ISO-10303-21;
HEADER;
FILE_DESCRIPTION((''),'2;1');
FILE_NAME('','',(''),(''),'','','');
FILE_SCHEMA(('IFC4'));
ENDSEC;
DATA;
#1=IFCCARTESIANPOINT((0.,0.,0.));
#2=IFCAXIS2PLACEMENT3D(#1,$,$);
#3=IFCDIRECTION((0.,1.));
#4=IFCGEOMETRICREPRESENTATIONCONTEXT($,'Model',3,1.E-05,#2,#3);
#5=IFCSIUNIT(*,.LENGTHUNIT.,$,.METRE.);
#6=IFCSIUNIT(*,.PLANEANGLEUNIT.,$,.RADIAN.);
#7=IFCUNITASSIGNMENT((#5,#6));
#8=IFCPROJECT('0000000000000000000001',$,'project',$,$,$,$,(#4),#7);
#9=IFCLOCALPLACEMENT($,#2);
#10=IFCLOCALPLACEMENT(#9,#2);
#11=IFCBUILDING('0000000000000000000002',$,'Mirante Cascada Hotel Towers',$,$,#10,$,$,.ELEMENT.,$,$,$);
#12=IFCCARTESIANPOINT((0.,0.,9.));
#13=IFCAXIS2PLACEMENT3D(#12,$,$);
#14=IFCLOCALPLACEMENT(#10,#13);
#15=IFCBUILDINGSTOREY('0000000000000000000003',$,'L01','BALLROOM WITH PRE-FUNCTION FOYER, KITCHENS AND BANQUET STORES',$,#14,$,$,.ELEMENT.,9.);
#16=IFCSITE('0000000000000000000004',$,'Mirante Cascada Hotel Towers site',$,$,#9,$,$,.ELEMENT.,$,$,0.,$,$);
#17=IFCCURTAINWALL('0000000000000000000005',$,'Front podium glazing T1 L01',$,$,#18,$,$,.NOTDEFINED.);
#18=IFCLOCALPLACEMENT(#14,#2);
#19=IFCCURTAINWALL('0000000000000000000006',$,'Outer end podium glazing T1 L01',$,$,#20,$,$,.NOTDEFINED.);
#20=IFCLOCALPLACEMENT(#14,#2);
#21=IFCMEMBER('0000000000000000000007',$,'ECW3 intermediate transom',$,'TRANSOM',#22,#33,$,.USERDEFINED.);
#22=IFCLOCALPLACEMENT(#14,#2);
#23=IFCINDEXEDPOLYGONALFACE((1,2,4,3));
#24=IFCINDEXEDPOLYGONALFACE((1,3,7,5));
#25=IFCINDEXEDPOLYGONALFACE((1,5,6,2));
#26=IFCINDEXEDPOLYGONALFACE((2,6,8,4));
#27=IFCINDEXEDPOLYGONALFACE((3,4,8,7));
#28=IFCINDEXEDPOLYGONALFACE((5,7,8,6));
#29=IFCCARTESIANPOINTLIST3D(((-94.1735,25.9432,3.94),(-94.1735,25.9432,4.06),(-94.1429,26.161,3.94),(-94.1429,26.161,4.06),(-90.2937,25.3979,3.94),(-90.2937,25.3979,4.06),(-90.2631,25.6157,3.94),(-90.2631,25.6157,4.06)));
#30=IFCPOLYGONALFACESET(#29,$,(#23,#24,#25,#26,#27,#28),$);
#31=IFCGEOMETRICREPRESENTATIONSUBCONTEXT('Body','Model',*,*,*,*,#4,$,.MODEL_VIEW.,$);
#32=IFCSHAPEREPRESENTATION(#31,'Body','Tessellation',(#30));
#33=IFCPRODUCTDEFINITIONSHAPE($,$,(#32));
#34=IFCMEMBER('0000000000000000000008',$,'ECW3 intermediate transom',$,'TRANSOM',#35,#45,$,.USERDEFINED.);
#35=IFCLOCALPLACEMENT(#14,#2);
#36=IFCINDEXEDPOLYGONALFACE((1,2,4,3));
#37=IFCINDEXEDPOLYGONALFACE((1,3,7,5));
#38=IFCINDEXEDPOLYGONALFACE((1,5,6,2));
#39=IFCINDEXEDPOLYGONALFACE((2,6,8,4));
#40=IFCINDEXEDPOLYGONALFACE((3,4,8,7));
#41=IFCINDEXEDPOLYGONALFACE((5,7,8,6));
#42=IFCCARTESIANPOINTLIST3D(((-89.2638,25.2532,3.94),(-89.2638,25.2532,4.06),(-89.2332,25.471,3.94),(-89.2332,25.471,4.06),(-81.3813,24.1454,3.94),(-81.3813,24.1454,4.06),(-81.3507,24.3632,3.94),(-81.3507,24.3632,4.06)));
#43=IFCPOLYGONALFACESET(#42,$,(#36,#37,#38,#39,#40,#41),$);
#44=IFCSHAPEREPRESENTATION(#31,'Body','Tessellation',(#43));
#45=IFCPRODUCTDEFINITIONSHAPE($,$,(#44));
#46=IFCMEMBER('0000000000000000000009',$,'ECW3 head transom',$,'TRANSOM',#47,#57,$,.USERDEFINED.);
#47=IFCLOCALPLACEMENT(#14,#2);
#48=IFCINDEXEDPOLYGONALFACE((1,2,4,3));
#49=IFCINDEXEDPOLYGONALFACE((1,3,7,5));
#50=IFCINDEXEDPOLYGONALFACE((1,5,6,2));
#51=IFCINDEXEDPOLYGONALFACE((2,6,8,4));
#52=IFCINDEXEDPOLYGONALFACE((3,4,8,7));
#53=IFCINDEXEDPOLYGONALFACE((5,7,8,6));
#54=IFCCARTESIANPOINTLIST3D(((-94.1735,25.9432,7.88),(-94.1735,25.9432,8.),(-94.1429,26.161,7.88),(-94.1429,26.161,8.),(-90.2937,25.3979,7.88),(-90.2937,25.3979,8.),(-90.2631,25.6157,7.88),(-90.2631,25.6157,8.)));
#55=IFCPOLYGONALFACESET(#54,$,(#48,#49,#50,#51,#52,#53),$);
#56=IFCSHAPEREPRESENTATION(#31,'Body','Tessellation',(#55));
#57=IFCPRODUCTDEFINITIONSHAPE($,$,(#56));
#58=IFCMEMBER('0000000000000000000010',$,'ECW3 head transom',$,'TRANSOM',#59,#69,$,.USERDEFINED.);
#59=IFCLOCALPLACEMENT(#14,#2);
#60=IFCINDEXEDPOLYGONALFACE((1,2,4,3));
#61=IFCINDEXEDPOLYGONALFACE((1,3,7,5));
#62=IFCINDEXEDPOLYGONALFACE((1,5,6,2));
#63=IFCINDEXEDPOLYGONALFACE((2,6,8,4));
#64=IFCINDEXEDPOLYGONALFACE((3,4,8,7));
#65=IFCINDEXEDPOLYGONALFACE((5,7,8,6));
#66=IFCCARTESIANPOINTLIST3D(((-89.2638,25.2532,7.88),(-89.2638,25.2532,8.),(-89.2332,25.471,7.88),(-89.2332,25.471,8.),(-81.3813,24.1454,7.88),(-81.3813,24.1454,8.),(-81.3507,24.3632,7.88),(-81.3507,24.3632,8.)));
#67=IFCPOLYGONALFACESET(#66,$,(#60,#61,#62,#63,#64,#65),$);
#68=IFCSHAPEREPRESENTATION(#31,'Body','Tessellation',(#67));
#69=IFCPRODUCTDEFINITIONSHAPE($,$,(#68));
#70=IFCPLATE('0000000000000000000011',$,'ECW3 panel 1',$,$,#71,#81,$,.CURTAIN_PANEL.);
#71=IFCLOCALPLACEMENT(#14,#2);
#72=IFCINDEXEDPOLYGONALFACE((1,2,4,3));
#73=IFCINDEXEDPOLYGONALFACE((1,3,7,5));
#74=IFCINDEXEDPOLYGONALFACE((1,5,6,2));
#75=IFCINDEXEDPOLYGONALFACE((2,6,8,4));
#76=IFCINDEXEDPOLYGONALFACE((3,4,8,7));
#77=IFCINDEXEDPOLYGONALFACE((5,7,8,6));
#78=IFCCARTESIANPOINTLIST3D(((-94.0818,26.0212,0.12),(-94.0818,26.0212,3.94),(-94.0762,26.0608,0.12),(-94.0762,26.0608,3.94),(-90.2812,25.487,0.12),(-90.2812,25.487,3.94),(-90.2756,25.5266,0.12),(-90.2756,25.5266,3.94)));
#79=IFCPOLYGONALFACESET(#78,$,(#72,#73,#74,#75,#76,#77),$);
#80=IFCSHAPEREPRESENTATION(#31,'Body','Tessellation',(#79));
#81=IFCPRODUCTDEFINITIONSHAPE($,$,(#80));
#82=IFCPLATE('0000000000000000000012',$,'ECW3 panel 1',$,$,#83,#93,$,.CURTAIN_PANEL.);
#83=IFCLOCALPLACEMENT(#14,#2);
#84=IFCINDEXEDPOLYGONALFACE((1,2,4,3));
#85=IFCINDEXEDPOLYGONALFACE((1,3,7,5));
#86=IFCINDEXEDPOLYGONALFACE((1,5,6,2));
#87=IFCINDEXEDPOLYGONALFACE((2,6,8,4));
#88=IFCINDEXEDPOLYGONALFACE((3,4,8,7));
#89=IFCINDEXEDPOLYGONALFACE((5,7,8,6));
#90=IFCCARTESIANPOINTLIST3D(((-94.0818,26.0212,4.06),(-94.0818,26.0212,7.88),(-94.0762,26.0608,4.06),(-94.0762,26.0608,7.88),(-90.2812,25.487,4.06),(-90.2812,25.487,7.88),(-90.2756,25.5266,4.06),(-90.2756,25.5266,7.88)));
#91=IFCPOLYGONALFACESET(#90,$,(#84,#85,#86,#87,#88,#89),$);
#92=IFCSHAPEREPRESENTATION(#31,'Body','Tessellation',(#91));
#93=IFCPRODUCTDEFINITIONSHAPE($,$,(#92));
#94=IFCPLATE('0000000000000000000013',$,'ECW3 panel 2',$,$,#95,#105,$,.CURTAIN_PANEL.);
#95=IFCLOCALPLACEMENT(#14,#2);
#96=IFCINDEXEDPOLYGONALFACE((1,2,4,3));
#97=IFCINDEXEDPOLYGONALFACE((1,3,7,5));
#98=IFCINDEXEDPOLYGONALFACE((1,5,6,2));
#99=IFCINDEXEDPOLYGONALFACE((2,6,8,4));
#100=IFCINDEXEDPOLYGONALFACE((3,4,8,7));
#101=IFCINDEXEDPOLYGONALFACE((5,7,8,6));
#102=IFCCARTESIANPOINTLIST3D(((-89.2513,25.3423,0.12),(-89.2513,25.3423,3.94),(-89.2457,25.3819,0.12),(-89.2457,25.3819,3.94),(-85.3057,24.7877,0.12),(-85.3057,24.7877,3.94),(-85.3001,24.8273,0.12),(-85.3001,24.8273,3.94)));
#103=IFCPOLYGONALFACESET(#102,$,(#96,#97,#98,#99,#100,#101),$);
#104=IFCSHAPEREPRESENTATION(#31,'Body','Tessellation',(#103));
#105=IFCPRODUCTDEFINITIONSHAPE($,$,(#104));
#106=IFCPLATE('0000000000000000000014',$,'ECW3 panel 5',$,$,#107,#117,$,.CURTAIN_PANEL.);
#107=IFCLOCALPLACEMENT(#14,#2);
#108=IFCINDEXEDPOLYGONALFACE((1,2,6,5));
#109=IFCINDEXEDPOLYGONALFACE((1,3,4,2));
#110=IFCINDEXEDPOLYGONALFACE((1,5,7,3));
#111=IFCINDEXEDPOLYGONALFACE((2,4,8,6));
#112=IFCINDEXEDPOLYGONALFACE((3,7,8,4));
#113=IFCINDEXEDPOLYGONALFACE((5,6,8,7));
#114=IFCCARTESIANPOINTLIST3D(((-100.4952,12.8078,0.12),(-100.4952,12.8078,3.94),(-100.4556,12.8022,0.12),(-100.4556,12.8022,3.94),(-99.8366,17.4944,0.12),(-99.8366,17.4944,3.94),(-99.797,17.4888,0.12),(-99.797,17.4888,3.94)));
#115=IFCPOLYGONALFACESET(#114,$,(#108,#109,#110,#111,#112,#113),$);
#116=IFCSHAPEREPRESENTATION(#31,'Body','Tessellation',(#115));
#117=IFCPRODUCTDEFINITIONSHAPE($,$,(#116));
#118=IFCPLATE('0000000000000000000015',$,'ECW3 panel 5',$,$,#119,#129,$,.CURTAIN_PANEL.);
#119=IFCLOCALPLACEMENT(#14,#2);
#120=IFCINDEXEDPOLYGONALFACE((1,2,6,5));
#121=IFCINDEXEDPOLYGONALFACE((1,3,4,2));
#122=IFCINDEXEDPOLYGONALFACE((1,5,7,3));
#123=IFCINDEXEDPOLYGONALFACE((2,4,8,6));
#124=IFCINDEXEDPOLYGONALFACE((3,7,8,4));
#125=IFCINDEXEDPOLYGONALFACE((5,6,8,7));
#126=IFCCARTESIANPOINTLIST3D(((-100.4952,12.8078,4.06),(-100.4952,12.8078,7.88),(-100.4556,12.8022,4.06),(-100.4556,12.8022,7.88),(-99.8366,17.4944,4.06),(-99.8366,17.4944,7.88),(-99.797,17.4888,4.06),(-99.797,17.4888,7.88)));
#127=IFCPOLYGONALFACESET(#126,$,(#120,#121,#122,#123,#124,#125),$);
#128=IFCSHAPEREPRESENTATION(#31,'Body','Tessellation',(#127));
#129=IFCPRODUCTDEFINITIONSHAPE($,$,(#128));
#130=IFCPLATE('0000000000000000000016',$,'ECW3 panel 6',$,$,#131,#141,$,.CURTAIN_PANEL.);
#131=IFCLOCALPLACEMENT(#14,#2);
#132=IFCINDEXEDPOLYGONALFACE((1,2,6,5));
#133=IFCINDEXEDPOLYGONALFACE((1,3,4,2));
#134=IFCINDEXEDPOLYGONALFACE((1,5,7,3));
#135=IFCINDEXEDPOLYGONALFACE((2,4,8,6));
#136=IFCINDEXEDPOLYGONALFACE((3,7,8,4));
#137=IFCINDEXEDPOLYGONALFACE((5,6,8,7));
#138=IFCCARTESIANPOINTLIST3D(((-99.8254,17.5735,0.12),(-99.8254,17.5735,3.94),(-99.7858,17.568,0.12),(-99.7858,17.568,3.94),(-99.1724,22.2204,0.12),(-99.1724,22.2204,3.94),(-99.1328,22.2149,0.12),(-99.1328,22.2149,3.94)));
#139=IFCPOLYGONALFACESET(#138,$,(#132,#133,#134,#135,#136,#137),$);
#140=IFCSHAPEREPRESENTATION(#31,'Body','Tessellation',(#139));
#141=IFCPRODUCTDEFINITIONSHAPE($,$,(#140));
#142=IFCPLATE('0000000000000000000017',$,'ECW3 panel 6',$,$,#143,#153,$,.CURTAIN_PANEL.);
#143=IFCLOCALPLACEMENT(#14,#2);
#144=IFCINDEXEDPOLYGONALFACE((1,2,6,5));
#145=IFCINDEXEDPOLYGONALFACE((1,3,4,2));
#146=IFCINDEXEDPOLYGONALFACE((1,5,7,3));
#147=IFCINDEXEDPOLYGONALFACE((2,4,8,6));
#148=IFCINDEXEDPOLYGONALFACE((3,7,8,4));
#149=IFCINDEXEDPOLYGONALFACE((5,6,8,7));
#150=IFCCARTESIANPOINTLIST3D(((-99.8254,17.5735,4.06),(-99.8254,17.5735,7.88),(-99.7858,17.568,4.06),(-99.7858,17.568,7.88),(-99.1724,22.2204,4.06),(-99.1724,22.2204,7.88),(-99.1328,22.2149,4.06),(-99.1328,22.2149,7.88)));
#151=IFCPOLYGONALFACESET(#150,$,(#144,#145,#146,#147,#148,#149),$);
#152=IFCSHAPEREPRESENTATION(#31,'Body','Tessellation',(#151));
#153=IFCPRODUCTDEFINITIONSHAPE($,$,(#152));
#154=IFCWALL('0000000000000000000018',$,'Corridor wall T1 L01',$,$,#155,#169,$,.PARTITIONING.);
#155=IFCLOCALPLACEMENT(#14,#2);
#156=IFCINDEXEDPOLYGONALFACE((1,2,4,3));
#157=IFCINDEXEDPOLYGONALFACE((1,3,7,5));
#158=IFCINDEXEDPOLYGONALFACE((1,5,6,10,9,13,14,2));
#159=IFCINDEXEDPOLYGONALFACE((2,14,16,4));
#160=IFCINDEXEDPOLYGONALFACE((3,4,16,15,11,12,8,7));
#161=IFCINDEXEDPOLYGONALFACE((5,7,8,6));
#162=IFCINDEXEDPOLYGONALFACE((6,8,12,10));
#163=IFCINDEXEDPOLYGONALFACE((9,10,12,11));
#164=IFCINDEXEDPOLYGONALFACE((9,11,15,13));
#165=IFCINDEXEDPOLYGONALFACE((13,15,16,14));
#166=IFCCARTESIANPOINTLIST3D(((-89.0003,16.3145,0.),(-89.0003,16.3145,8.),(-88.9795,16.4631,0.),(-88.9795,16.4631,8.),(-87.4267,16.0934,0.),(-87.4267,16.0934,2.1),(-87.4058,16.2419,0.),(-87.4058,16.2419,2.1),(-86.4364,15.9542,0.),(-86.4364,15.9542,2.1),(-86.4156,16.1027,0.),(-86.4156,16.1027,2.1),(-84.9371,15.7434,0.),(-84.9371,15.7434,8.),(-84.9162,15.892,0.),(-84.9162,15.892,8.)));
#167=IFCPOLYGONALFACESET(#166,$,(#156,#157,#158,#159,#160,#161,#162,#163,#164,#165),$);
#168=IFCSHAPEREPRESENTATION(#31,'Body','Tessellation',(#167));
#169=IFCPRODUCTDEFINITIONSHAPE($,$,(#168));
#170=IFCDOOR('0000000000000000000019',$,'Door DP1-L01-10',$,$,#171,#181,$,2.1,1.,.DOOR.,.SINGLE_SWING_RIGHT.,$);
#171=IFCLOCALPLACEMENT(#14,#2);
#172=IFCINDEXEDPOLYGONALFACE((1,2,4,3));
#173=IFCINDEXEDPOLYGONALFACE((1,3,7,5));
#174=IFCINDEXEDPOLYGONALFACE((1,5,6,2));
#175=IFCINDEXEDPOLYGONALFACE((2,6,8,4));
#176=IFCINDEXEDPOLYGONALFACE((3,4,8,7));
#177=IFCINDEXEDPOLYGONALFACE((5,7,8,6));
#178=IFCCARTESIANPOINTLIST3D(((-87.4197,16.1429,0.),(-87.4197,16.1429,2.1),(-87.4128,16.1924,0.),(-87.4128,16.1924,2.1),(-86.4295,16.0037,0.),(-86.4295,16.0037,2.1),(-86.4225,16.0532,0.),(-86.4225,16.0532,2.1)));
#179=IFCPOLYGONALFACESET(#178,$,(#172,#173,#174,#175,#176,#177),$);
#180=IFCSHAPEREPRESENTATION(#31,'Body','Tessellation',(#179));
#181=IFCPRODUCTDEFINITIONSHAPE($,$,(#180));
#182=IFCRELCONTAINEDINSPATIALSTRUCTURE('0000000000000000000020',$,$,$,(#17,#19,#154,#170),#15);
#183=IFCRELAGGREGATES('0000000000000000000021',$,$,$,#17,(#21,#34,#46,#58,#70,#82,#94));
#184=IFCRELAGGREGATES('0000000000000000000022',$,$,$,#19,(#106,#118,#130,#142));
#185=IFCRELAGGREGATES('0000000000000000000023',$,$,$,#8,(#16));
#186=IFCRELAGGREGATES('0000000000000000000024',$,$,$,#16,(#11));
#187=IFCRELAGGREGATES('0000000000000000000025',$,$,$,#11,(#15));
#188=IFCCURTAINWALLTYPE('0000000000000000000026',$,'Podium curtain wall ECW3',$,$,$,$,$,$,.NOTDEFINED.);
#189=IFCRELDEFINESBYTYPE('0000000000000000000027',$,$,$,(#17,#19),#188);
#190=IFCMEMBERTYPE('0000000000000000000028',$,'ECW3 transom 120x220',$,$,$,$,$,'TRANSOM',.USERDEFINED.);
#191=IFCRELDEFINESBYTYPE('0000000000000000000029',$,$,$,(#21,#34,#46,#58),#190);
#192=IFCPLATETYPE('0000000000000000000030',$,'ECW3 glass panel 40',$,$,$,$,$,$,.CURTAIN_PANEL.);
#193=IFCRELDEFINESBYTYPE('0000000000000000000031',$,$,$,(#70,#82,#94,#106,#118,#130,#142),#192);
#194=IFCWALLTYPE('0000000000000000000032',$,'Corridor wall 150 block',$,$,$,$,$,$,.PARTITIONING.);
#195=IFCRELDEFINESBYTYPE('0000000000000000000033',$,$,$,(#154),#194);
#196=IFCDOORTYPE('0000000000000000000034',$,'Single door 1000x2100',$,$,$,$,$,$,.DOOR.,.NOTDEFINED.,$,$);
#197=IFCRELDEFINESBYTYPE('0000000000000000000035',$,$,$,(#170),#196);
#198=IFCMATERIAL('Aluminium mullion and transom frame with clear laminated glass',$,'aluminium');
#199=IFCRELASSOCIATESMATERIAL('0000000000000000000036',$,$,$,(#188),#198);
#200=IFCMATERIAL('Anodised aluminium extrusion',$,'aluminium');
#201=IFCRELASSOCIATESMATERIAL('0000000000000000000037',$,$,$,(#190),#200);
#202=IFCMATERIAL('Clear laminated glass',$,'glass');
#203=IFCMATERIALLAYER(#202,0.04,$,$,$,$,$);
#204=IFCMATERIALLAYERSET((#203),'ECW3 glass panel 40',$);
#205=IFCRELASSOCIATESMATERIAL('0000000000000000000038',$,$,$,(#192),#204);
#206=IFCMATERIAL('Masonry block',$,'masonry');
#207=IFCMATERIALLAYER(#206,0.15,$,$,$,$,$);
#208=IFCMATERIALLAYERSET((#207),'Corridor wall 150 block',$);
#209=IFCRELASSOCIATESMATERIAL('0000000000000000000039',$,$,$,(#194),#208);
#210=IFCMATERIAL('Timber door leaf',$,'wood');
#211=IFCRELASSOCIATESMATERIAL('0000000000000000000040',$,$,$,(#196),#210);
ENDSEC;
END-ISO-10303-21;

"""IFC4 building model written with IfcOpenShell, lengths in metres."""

from ifc_helpers import new_model, si_unit, direction, frame, frame_2d, origin, origin_2d, place, context, subcontext, project, spatial, rectangle, extrude, material, layer, layer_set, material_profile, profile_set, type_object, element, fill, aggregate, save


model = new_model("IFC4")

# Units and contexts
model_context = context("Model", 3, precision=1e-05, world=origin(), true_north=direction((0.0, 1.0)))
body_context = subcontext(model_context, "Body", "Model", "MODEL_VIEW")
ifc_project = project(units=[si_unit("LENGTHUNIT", "METRE"), si_unit("PLANEANGLEUNIT", "RADIAN")], contexts=[model_context])

# Site, building, storey
site_placement = place(None, origin())
site = spatial("IfcSite", under=ifc_project, at=site_placement, Name="Mirante Cascada Hotel Towers site", CompositionType="ELEMENT", RefElevation=0.0)
building_placement = place(site_placement, origin())
building = spatial("IfcBuilding", under=site, at=building_placement, Name="Mirante Cascada Hotel Towers", CompositionType="ELEMENT")
storey_placement = place(building_placement, frame((0.0, 0.0, 9.0)))
storey = spatial("IfcBuildingStorey", under=building, at=storey_placement, Name="L01", Description="BALLROOM WITH PRE-FUNCTION FOYER, KITCHENS AND BANQUET STORES", CompositionType="ELEMENT", Elevation=9.0)

# Curtain walls
ifc_material_1 = material(Name="Aluminium mullion and transom frame with clear laminated glass", Category="aluminium")
curtain_wall_type = type_object("IfcCurtainWallType", Name="Podium curtain wall ECW3", PredefinedType="NOTDEFINED", material=ifc_material_1)
curtain_wall_1_placement = place(storey_placement, origin())
curtain_wall_1 = element("IfcCurtainWall", 1, at=curtain_wall_1_placement, inside=storey, type_object=curtain_wall_type, Name="Front podium glazing T1 L01", PredefinedType="NOTDEFINED")
curtain_wall_2_placement = place(storey_placement, origin())
curtain_wall_2 = element("IfcCurtainWall", 2, at=curtain_wall_2_placement, inside=storey, type_object=curtain_wall_type, Name="Outer end podium glazing T1 L01", PredefinedType="NOTDEFINED")

# Members
ifc_material_2 = material(Name="Anodised aluminium extrusion", Category="aluminium")
ifc_material_profile_1 = material_profile(ifc_material_2, rectangle(XDim=0.22, YDim=0.12, at=origin_2d()), Name="ECW3 TRANSOM 120x220")
ifc_profile_set_1 = profile_set([ifc_material_profile_1], Name="Anodised aluminium extrusion")
member_type_1 = type_object("IfcMemberType", Name="ECW3 transom 120x220", ElementType="TRANSOM", PredefinedType="USERDEFINED", material=ifc_profile_set_1)
member_1_placement = place(storey_placement, frame((-94.1582, 26.0521, 4.0), z_axis=(0.990267, -0.139181, 0.0), x_axis=(0.139181, 0.990267, 0.0)))
member_1 = element("IfcMember", 3, at=member_1_placement, type_object=member_type_1, Name="ECW3 intermediate transom", ObjectType="TRANSOM", PredefinedType="USERDEFINED", context=body_context, shape_type="SweptSolid", body=[
    extrude(rectangle(XDim=0.22, YDim=0.12, at=origin_2d()), origin(), (0.0, 0.0, 1.0), 3.9179),
])
member_2_placement = place(storey_placement, frame((-89.2485, 25.3621, 4.0), z_axis=(0.990268, -0.139172, 0.0), x_axis=(0.139172, 0.990268, 0.0)))
member_2 = element("IfcMember", 4, at=member_2_placement, type_object=member_type_1, Name="ECW3 intermediate transom", ObjectType="TRANSOM", PredefinedType="USERDEFINED", context=body_context, shape_type="SweptSolid", body=[
    extrude(rectangle(XDim=0.22, YDim=0.12, at=origin_2d()), origin(), (0.0, 0.0, 1.0), 7.96),
])
member_3_placement = place(storey_placement, frame((-94.1582, 26.0521, 7.94), z_axis=(0.990267, -0.139181, 0.0), x_axis=(0.139181, 0.990267, 0.0)))
member_3 = element("IfcMember", 5, at=member_3_placement, type_object=member_type_1, Name="ECW3 head transom", ObjectType="TRANSOM", PredefinedType="USERDEFINED", context=body_context, shape_type="SweptSolid", body=[
    extrude(rectangle(XDim=0.22, YDim=0.12, at=origin_2d()), origin(), (0.0, 0.0, 1.0), 3.9179),
])
member_4_placement = place(storey_placement, frame((-89.2485, 25.3621, 7.94), z_axis=(0.990268, -0.139172, 0.0), x_axis=(0.139172, 0.990268, 0.0)))
member_4 = element("IfcMember", 6, at=member_4_placement, type_object=member_type_1, Name="ECW3 head transom", ObjectType="TRANSOM", PredefinedType="USERDEFINED", context=body_context, shape_type="SweptSolid", body=[
    extrude(rectangle(XDim=0.22, YDim=0.12, at=origin_2d()), origin(), (0.0, 0.0, 1.0), 7.96),
])

# Plates
ifc_material_3 = material(Name="Clear laminated glass", Category="glass")
ifc_layer_1 = layer(ifc_material_3, 0.04)
ifc_layer_set_1 = layer_set([ifc_layer_1], Name="ECW3 glass panel 40")
plate_type = type_object("IfcPlateType", Name="ECW3 glass panel 40", PredefinedType="CURTAIN_PANEL", material=ifc_layer_set_1)
plate_1_placement = place(storey_placement, frame((-92.1787, 25.7739, 0.12), z_axis=(0.0, 0.0, 1.0), x_axis=(0.990268, -0.139173, 0.0)))
plate_1 = element("IfcPlate", 7, at=plate_1_placement, type_object=plate_type, Name="ECW3 panel 1", PredefinedType="CURTAIN_PANEL", context=body_context, shape_type="SweptSolid", body=[
    extrude(rectangle(XDim=3.8379, YDim=0.04, at=origin_2d()), origin(), (0.0, 0.0, 1.0), 3.82),
])
plate_2_placement = place(storey_placement, frame((-92.1787, 25.7739, 4.06), z_axis=(0.0, 0.0, 1.0), x_axis=(0.990268, -0.139173, 0.0)))
plate_2 = element("IfcPlate", 8, at=plate_2_placement, type_object=plate_type, Name="ECW3 panel 1", PredefinedType="CURTAIN_PANEL", context=body_context, shape_type="SweptSolid", body=[
    extrude(rectangle(XDim=3.8379, YDim=0.04, at=origin_2d()), origin(), (0.0, 0.0, 1.0), 3.82),
])
plate_3_placement = place(storey_placement, frame((-87.2757, 25.0848, 0.12), z_axis=(0.0, 0.0, 1.0), x_axis=(0.990268, -0.139173, 0.0)))
plate_3 = element("IfcPlate", 9, at=plate_3_placement, type_object=plate_type, Name="ECW3 panel 2", PredefinedType="CURTAIN_PANEL", context=body_context, shape_type="SweptSolid", body=[
    extrude(rectangle(XDim=3.9844, YDim=0.04, at=origin_2d()), origin(), (0.0, 0.0, 1.0), 3.82),
])
aggregate(curtain_wall_1, [member_1, member_2, member_3, member_4, plate_1, plate_2, plate_3])
plate_4_placement = place(storey_placement, frame((-100.1461, 15.1483, 0.12), z_axis=(0.0, 0.0, 1.0), x_axis=(0.139173, 0.990268, 0.0)))
plate_4 = element("IfcPlate", 10, at=plate_4_placement, type_object=plate_type, Name="ECW3 panel 5", PredefinedType="CURTAIN_PANEL", context=body_context, shape_type="SweptSolid", body=[
    extrude(rectangle(XDim=4.7326, YDim=0.04, at=origin_2d()), origin(), (0.0, 0.0, 1.0), 3.82),
])
plate_5_placement = place(storey_placement, frame((-100.1461, 15.1483, 4.06), z_axis=(0.0, 0.0, 1.0), x_axis=(0.139173, 0.990268, 0.0)))
plate_5 = element("IfcPlate", 11, at=plate_5_placement, type_object=plate_type, Name="ECW3 panel 5", PredefinedType="CURTAIN_PANEL", context=body_context, shape_type="SweptSolid", body=[
    extrude(rectangle(XDim=4.7326, YDim=0.04, at=origin_2d()), origin(), (0.0, 0.0, 1.0), 3.82),
])
plate_6_placement = place(storey_placement, frame((-99.4791, 19.8942, 0.12), z_axis=(0.0, 0.0, 1.0), x_axis=(0.139173, 0.990268, 0.0)))
plate_6 = element("IfcPlate", 12, at=plate_6_placement, type_object=plate_type, Name="ECW3 panel 6", PredefinedType="CURTAIN_PANEL", context=body_context, shape_type="SweptSolid", body=[
    extrude(rectangle(XDim=4.6926, YDim=0.04, at=origin_2d()), origin(), (0.0, 0.0, 1.0), 3.82),
])
plate_7_placement = place(storey_placement, frame((-99.4791, 19.8942, 4.06), z_axis=(0.0, 0.0, 1.0), x_axis=(0.139173, 0.990268, 0.0)))
plate_7 = element("IfcPlate", 13, at=plate_7_placement, type_object=plate_type, Name="ECW3 panel 6", PredefinedType="CURTAIN_PANEL", context=body_context, shape_type="SweptSolid", body=[
    extrude(rectangle(XDim=4.6926, YDim=0.04, at=origin_2d()), origin(), (0.0, 0.0, 1.0), 3.82),
])
aggregate(curtain_wall_2, [plate_4, plate_5, plate_6, plate_7])

# Wall, opening, door
ifc_material_4 = material(Name="Masonry block", Category="masonry")
ifc_layer_2 = layer(ifc_material_4, 0.15)
ifc_layer_set_2 = layer_set([ifc_layer_2], Name="Corridor wall 150 block")
wall_type_1 = type_object("IfcWallType", Name="Corridor wall 150 block", PredefinedType="PARTITIONING", material=ifc_layer_set_2)
wall_1_placement = place(storey_placement, frame((-88.9899, 16.3888, 0.0), z_axis=(0.0, 0.0, 1.0), x_axis=(0.990267, -0.139183, 0.0)))
wall_1 = element("IfcWall", 14, at=wall_1_placement, inside=storey, type_object=wall_type_1, Name="Corridor wall T1 L01", PredefinedType="PARTITIONING", context=body_context, shape_type="SweptSolid", body=[
    extrude(rectangle(XDim=4.1032, YDim=0.15, at=frame_2d((2.0516, 0.0))), origin(), (0.0, 0.0, 1.0), 8.0),
])
opening_placement = place(wall_1_placement, frame((1.5891, 0.0, 0.0)))
opening = element("IfcOpeningElement", 15, at=opening_placement, cuts=wall_1, PredefinedType="OPENING", context=body_context, shape_type="SweptSolid", body=[
    extrude(rectangle(XDim=1.0, YDim=2.1, at=frame_2d((0.5, 1.05))), frame((0.0, 0.075, 0.0), z_axis=(0.0, -1.0, 0.0), x_axis=(1.0, 0.0, 0.0)), (0.0, 0.0, 1.0), 0.15),
])
ifc_material_5 = material(Name="Timber door leaf", Category="wood")
door_type = type_object("IfcDoorType", Name="Single door 1000x2100", OperationType="NOTDEFINED", PredefinedType="DOOR", material=ifc_material_5)
door_placement = place(opening_placement, origin())
door = element("IfcDoor", 16, at=door_placement, inside=storey, type_object=door_type, Name="Door DP1-L01-10", OperationType="SINGLE_SWING_RIGHT", OverallHeight=2.1, OverallWidth=1.0, PredefinedType="DOOR", context=body_context, shape_type="SweptSolid", body=[
    extrude(rectangle(XDim=1.0, YDim=2.1, at=frame_2d((0.5, 1.05))), frame((0.0, 0.025, 0.0), z_axis=(0.0, -1.0, 0.0), x_axis=(1.0, 0.0, 0.0)), (0.0, 0.0, 1.0), 0.05),
])
fill(opening, door)

save(model, "model.ifc")
